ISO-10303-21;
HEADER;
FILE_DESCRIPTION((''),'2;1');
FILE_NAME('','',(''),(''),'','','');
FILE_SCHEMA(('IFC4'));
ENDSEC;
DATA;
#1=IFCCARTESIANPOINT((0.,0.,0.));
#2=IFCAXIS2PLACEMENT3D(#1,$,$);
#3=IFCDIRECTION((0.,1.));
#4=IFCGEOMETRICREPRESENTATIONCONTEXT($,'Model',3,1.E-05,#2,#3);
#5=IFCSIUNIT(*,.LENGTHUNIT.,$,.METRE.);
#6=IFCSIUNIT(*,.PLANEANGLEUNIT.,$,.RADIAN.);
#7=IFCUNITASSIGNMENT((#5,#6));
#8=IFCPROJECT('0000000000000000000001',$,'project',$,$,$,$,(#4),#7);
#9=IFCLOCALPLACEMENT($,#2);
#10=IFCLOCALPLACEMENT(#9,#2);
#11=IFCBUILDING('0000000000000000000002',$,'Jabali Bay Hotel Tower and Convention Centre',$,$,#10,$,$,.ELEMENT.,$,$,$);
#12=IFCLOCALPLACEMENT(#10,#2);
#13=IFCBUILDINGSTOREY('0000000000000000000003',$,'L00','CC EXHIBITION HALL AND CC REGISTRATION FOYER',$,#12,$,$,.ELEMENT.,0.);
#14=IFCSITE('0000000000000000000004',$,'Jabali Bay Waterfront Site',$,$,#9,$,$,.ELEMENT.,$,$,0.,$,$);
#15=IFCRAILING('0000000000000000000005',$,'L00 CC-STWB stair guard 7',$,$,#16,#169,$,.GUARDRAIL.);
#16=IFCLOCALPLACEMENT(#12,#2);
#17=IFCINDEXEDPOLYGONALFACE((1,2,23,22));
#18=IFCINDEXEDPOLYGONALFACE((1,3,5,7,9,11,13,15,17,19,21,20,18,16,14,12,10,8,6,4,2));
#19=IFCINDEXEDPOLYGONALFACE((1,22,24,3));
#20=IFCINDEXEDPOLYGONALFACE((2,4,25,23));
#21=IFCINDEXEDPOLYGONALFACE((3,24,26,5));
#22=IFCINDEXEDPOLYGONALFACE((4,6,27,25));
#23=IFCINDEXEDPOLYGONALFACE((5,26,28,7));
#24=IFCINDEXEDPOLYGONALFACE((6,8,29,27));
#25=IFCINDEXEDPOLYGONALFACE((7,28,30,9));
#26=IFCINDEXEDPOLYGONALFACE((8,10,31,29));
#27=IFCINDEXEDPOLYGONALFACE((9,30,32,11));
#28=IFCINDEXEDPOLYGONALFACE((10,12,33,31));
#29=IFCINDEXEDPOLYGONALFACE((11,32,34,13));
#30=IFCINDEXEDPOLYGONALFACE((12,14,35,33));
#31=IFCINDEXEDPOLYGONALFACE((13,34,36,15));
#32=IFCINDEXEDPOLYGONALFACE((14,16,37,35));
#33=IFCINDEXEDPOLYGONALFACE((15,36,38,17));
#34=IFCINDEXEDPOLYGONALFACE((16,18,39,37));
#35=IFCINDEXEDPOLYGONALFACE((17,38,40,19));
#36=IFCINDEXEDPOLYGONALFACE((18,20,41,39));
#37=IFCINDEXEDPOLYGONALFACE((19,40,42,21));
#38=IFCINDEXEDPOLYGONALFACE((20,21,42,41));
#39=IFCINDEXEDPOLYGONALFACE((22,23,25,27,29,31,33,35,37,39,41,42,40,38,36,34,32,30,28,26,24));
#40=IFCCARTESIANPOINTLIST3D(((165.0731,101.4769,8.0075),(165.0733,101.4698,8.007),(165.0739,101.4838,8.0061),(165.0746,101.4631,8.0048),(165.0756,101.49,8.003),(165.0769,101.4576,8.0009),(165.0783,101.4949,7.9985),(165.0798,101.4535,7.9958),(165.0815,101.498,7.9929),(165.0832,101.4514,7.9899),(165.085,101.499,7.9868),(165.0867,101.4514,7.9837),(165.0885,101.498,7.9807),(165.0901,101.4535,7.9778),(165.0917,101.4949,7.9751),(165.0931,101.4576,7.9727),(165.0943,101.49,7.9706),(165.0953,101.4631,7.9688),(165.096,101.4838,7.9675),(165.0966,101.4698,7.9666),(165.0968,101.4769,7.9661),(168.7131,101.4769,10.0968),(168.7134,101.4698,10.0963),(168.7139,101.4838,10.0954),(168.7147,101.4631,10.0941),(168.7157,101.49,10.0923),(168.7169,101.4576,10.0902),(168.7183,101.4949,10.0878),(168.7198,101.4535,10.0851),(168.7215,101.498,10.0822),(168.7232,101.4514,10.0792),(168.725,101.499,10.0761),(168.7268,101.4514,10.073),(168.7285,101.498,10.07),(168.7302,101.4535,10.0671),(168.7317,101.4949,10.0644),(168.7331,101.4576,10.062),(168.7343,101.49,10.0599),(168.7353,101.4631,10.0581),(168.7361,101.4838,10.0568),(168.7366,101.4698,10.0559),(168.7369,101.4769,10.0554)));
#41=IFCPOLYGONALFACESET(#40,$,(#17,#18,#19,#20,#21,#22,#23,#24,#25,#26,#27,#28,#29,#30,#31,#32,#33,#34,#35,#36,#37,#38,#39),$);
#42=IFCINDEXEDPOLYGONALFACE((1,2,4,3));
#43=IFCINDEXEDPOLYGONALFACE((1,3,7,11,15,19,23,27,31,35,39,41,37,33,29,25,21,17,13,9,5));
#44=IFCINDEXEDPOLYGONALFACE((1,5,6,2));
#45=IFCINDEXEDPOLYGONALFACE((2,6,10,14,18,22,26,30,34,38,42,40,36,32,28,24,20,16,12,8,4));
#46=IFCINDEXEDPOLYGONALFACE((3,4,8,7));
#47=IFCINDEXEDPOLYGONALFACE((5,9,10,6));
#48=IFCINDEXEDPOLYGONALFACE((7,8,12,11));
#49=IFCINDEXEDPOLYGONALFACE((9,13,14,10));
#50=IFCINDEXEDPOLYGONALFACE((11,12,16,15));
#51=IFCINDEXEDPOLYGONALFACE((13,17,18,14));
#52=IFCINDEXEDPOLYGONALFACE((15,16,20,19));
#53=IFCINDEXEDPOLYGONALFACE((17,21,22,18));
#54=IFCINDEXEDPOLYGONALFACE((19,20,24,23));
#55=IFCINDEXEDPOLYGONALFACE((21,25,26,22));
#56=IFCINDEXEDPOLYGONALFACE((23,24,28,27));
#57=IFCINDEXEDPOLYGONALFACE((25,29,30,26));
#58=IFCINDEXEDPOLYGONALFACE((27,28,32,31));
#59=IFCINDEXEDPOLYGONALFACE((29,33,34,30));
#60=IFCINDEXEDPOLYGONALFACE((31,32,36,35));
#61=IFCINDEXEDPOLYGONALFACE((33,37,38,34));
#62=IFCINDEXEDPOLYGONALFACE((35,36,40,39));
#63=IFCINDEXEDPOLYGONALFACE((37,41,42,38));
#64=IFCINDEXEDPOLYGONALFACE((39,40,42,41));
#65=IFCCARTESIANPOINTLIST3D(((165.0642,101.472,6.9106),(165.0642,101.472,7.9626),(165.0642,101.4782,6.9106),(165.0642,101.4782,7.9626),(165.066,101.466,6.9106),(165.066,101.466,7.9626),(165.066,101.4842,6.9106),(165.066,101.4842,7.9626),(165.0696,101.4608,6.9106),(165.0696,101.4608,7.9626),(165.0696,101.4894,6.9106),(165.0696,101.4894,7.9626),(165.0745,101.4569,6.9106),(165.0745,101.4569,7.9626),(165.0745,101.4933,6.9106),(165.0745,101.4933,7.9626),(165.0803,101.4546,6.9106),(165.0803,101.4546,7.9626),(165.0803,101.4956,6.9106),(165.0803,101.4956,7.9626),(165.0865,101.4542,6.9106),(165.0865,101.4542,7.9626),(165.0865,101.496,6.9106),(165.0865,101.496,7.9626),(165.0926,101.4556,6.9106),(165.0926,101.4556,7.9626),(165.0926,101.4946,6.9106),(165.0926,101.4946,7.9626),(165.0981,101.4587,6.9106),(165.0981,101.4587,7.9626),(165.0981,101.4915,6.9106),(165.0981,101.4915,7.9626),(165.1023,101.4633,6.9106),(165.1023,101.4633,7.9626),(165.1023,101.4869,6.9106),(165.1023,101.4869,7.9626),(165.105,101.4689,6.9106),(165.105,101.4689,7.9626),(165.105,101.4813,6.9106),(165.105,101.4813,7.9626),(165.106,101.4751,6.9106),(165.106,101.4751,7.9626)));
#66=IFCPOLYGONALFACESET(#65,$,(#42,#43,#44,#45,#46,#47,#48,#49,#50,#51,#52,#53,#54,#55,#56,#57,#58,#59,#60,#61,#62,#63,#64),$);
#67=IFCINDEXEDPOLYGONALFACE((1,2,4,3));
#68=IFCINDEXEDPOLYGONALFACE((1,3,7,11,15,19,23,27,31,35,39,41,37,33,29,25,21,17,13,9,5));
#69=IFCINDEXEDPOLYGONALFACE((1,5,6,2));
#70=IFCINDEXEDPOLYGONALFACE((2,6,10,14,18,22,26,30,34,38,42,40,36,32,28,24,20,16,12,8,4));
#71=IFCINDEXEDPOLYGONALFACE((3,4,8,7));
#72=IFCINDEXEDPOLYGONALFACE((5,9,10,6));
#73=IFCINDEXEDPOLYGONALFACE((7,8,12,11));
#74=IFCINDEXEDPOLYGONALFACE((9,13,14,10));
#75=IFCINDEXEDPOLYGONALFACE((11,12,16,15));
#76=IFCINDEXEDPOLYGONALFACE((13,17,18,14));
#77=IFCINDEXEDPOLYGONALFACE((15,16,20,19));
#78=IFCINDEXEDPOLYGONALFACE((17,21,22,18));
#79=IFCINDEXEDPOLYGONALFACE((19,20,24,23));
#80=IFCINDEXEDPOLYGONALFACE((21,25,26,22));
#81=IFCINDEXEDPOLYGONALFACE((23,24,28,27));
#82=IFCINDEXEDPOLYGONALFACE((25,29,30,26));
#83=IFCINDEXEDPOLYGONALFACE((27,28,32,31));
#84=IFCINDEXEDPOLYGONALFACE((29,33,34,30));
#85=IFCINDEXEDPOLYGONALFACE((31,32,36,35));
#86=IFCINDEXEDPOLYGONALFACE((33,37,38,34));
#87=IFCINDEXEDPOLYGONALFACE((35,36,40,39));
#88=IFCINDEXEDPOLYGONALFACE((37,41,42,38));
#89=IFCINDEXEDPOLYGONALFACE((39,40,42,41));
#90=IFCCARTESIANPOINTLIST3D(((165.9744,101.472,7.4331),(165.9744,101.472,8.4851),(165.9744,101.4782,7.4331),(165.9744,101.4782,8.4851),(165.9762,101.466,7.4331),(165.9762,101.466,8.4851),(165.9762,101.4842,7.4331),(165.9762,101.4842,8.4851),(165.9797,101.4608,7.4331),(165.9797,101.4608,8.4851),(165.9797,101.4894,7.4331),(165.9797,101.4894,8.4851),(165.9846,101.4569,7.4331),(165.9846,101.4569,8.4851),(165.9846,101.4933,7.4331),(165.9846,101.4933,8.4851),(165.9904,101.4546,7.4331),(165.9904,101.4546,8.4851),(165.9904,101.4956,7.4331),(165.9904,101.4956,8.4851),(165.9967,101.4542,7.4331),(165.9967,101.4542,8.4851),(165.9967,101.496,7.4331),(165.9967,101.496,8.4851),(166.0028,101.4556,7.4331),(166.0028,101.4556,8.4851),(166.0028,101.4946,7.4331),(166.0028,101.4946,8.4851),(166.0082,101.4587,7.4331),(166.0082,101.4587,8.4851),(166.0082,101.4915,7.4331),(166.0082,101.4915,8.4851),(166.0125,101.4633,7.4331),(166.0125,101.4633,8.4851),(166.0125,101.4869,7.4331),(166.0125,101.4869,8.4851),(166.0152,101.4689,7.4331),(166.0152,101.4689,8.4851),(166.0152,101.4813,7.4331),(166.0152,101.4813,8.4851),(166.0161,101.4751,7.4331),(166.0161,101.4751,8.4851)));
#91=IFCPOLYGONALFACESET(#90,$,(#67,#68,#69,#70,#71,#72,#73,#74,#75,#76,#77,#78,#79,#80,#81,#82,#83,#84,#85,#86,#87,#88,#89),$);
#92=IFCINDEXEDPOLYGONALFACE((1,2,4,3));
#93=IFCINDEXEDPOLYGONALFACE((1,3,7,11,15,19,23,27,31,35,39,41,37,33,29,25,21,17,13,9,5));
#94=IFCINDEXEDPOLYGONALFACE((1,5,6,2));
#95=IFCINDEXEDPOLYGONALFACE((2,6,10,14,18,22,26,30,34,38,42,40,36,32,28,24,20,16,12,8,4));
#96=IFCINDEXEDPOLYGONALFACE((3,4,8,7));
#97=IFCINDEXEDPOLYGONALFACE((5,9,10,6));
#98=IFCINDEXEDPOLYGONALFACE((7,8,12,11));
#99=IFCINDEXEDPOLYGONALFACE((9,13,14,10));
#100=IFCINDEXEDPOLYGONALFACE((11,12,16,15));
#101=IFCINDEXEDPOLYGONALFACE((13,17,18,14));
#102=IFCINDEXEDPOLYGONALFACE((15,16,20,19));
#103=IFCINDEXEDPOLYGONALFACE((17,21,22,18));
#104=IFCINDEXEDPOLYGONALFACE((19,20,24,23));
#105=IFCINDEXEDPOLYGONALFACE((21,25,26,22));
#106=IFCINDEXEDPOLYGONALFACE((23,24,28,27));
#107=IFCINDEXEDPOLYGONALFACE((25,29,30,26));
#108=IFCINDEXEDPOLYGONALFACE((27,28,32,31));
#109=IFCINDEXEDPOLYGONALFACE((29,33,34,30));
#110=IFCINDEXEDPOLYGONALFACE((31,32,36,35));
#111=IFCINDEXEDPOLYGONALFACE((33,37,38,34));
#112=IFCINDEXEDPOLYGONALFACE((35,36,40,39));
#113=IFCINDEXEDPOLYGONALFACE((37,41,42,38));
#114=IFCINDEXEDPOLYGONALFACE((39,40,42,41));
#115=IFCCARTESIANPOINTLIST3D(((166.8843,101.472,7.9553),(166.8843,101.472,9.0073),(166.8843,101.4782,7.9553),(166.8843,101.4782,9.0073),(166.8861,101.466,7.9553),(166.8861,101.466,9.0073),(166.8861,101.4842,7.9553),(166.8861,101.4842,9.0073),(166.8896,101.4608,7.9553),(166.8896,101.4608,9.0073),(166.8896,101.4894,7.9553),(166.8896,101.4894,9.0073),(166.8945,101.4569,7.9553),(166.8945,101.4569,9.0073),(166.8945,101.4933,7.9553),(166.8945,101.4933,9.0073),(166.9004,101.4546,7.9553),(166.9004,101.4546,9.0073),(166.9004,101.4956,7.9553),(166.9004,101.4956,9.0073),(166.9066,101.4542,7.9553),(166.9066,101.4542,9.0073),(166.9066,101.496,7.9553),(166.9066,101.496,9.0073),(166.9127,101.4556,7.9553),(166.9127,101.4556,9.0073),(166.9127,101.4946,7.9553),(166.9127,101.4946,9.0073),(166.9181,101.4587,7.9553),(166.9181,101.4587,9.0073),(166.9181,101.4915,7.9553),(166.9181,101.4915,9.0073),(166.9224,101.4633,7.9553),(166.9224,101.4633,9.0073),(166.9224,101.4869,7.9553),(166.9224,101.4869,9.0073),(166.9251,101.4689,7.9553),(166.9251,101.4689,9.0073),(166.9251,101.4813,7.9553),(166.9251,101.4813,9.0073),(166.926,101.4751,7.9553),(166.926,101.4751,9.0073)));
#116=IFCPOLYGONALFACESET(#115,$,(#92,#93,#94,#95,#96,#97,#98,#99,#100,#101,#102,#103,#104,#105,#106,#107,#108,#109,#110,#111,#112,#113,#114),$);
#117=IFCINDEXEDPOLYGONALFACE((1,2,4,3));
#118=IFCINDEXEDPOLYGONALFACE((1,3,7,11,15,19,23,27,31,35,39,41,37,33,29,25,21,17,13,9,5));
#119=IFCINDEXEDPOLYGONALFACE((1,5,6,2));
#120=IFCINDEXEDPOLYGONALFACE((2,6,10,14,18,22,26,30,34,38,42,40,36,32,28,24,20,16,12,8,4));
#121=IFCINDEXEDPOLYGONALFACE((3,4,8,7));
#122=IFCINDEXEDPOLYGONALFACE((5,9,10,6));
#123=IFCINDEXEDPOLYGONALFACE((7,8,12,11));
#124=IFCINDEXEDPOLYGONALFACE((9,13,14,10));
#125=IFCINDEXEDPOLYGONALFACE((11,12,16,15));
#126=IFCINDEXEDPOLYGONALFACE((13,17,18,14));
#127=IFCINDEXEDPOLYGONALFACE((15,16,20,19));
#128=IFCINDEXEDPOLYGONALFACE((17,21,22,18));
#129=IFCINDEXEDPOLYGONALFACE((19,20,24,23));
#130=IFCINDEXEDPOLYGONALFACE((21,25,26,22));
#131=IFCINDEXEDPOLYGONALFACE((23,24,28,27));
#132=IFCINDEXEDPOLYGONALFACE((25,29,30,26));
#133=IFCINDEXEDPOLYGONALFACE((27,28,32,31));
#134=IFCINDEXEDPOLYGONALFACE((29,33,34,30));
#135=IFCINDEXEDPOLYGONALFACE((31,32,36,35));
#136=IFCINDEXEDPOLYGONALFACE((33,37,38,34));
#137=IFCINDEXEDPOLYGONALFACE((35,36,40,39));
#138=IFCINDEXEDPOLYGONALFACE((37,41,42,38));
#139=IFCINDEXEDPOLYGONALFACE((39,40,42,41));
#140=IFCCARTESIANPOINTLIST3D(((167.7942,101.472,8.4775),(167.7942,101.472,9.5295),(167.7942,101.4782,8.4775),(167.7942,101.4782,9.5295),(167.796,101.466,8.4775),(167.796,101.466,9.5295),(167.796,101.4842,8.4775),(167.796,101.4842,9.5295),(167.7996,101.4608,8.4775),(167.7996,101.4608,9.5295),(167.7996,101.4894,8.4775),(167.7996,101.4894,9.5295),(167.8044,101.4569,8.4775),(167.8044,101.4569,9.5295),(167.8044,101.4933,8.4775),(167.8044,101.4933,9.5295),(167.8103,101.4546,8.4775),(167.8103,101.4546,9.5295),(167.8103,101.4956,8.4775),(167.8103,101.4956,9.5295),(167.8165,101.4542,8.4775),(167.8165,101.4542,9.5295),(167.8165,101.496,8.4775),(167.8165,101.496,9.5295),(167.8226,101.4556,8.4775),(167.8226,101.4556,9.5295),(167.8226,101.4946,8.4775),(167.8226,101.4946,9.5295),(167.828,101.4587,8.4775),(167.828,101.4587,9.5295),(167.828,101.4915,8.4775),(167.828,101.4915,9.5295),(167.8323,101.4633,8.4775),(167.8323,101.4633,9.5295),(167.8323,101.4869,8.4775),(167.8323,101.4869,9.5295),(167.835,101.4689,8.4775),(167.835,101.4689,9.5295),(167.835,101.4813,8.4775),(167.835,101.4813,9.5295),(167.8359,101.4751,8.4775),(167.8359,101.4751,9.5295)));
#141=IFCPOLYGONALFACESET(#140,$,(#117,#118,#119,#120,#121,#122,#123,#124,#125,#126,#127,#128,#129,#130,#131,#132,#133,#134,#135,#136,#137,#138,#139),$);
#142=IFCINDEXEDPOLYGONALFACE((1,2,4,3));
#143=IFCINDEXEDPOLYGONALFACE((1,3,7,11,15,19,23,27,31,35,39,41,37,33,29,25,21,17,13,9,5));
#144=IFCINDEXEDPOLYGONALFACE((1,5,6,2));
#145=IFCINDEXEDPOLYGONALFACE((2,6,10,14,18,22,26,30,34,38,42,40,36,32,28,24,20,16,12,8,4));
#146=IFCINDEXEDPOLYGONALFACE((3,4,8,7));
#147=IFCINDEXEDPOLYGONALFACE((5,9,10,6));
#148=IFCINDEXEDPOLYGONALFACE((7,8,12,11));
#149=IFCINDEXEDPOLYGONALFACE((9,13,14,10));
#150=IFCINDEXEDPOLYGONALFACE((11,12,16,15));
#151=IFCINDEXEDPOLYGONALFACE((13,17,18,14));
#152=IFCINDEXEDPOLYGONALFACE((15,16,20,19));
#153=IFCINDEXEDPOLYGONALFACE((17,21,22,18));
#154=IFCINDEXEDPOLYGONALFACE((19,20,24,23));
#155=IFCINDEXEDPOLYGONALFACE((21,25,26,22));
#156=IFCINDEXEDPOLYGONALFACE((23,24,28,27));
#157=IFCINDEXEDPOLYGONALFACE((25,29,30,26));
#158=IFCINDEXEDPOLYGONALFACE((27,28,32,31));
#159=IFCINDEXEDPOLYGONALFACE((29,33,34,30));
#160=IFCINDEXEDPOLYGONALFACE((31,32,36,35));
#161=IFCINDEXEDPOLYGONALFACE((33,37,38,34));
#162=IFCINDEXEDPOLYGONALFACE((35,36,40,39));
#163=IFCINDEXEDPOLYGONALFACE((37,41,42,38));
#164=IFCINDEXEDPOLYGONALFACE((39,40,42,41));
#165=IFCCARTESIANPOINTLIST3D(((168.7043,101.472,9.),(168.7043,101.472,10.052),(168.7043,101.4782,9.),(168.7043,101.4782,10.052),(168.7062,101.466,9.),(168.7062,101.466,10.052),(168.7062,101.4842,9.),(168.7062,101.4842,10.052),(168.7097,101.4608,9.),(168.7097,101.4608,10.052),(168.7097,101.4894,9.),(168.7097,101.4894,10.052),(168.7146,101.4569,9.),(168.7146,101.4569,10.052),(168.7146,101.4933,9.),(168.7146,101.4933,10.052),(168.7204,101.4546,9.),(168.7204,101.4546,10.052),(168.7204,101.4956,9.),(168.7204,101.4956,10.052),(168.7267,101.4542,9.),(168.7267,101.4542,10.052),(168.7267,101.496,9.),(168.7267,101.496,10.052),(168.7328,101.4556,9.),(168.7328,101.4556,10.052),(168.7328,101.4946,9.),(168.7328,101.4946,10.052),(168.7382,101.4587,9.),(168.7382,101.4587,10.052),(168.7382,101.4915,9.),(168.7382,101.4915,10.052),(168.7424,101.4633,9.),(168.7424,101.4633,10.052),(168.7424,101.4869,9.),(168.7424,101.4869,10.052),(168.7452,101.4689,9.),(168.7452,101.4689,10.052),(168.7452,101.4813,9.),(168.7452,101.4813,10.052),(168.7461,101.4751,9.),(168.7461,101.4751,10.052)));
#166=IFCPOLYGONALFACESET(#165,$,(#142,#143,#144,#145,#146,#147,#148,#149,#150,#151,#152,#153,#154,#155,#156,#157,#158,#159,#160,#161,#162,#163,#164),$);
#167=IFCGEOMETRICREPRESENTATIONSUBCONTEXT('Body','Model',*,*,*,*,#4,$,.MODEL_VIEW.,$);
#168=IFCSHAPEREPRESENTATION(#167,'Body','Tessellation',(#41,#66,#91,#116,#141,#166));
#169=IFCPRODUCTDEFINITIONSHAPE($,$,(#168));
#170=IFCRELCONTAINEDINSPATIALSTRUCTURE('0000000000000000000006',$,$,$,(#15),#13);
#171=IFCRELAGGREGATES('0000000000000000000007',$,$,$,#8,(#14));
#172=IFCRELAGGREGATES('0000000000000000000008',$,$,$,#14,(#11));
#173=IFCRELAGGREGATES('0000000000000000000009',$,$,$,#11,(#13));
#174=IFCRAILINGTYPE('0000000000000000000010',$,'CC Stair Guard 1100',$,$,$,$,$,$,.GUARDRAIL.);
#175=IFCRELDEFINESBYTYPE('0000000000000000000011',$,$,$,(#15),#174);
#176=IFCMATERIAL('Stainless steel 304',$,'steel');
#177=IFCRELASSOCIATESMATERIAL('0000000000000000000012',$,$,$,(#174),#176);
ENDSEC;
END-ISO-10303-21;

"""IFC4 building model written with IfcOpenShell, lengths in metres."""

from ifc_helpers import new_model, si_unit, direction, frame, origin, origin_2d, place, context, subcontext, project, spatial, circle, extrude, material, type_object, element, save


model = new_model("IFC4")

# Units and contexts
model_context = context("Model", 3, precision=1e-05, world=origin(), true_north=direction((0.0, 1.0)))
body_context = subcontext(model_context, "Body", "Model", "MODEL_VIEW")
ifc_project = project(units=[si_unit("LENGTHUNIT", "METRE"), si_unit("PLANEANGLEUNIT", "RADIAN")], contexts=[model_context])

# Site, building, storey
site_placement = place(None, origin())
site = spatial("IfcSite", under=ifc_project, at=site_placement, Name="Jabali Bay Waterfront Site", CompositionType="ELEMENT", RefElevation=0.0)
building_placement = place(site_placement, origin())
building = spatial("IfcBuilding", under=site, at=building_placement, Name="Jabali Bay Hotel Tower and Convention Centre", CompositionType="ELEMENT")
storey_placement = place(building_placement, origin())
storey = spatial("IfcBuildingStorey", under=building, at=storey_placement, Name="L00", Description="CC EXHIBITION HALL AND CC REGISTRATION FOYER", CompositionType="ELEMENT", Elevation=0.0)

# Railing
ifc_material_1 = material(Name="Stainless steel 304", Category="steel")
railing_type_1 = type_object("IfcRailingType", Name="CC Stair Guard 1100", PredefinedType="GUARDRAIL", material=ifc_material_1)
railing_1_placement = place(storey_placement, frame((165.085, 101.4751, 6.9106)))
element("IfcRailing", 1, at=railing_1_placement, inside=storey, type_object=railing_type_1, Name="L00 CC-STWB stair guard 7", PredefinedType="GUARDRAIL", context=body_context, shape_type="SweptSolid", body=[
    extrude(circle(Radius=0.0239, at=origin_2d()), frame((0.0, 0.0, 1.0762), z_axis=(0.867289, 0.0, 0.497804), x_axis=(0.0, 1.0, 0.0)), (0.0, 0.0, 1.0), 4.197),
    extrude(circle(Radius=0.021, at=origin_2d()), origin(), (0.0, 0.0, 1.0), 1.052),
    extrude(circle(Radius=0.021, at=origin_2d()), frame((0.9102, 0.0, 0.5225)), (0.0, 0.0, 1.0), 1.052),
    extrude(circle(Radius=0.021, at=origin_2d()), frame((1.8201, 0.0, 1.0447)), (0.0, 0.0, 1.0), 1.052),
    extrude(circle(Radius=0.021, at=origin_2d()), frame((2.73, 0.0, 1.5669)), (0.0, 0.0, 1.0), 1.052),
    extrude(circle(Radius=0.021, at=origin_2d()), frame((3.6401, 0.0, 2.0894)), (0.0, 0.0, 1.0), 1.052),
])

save(model, "model.ifc")
